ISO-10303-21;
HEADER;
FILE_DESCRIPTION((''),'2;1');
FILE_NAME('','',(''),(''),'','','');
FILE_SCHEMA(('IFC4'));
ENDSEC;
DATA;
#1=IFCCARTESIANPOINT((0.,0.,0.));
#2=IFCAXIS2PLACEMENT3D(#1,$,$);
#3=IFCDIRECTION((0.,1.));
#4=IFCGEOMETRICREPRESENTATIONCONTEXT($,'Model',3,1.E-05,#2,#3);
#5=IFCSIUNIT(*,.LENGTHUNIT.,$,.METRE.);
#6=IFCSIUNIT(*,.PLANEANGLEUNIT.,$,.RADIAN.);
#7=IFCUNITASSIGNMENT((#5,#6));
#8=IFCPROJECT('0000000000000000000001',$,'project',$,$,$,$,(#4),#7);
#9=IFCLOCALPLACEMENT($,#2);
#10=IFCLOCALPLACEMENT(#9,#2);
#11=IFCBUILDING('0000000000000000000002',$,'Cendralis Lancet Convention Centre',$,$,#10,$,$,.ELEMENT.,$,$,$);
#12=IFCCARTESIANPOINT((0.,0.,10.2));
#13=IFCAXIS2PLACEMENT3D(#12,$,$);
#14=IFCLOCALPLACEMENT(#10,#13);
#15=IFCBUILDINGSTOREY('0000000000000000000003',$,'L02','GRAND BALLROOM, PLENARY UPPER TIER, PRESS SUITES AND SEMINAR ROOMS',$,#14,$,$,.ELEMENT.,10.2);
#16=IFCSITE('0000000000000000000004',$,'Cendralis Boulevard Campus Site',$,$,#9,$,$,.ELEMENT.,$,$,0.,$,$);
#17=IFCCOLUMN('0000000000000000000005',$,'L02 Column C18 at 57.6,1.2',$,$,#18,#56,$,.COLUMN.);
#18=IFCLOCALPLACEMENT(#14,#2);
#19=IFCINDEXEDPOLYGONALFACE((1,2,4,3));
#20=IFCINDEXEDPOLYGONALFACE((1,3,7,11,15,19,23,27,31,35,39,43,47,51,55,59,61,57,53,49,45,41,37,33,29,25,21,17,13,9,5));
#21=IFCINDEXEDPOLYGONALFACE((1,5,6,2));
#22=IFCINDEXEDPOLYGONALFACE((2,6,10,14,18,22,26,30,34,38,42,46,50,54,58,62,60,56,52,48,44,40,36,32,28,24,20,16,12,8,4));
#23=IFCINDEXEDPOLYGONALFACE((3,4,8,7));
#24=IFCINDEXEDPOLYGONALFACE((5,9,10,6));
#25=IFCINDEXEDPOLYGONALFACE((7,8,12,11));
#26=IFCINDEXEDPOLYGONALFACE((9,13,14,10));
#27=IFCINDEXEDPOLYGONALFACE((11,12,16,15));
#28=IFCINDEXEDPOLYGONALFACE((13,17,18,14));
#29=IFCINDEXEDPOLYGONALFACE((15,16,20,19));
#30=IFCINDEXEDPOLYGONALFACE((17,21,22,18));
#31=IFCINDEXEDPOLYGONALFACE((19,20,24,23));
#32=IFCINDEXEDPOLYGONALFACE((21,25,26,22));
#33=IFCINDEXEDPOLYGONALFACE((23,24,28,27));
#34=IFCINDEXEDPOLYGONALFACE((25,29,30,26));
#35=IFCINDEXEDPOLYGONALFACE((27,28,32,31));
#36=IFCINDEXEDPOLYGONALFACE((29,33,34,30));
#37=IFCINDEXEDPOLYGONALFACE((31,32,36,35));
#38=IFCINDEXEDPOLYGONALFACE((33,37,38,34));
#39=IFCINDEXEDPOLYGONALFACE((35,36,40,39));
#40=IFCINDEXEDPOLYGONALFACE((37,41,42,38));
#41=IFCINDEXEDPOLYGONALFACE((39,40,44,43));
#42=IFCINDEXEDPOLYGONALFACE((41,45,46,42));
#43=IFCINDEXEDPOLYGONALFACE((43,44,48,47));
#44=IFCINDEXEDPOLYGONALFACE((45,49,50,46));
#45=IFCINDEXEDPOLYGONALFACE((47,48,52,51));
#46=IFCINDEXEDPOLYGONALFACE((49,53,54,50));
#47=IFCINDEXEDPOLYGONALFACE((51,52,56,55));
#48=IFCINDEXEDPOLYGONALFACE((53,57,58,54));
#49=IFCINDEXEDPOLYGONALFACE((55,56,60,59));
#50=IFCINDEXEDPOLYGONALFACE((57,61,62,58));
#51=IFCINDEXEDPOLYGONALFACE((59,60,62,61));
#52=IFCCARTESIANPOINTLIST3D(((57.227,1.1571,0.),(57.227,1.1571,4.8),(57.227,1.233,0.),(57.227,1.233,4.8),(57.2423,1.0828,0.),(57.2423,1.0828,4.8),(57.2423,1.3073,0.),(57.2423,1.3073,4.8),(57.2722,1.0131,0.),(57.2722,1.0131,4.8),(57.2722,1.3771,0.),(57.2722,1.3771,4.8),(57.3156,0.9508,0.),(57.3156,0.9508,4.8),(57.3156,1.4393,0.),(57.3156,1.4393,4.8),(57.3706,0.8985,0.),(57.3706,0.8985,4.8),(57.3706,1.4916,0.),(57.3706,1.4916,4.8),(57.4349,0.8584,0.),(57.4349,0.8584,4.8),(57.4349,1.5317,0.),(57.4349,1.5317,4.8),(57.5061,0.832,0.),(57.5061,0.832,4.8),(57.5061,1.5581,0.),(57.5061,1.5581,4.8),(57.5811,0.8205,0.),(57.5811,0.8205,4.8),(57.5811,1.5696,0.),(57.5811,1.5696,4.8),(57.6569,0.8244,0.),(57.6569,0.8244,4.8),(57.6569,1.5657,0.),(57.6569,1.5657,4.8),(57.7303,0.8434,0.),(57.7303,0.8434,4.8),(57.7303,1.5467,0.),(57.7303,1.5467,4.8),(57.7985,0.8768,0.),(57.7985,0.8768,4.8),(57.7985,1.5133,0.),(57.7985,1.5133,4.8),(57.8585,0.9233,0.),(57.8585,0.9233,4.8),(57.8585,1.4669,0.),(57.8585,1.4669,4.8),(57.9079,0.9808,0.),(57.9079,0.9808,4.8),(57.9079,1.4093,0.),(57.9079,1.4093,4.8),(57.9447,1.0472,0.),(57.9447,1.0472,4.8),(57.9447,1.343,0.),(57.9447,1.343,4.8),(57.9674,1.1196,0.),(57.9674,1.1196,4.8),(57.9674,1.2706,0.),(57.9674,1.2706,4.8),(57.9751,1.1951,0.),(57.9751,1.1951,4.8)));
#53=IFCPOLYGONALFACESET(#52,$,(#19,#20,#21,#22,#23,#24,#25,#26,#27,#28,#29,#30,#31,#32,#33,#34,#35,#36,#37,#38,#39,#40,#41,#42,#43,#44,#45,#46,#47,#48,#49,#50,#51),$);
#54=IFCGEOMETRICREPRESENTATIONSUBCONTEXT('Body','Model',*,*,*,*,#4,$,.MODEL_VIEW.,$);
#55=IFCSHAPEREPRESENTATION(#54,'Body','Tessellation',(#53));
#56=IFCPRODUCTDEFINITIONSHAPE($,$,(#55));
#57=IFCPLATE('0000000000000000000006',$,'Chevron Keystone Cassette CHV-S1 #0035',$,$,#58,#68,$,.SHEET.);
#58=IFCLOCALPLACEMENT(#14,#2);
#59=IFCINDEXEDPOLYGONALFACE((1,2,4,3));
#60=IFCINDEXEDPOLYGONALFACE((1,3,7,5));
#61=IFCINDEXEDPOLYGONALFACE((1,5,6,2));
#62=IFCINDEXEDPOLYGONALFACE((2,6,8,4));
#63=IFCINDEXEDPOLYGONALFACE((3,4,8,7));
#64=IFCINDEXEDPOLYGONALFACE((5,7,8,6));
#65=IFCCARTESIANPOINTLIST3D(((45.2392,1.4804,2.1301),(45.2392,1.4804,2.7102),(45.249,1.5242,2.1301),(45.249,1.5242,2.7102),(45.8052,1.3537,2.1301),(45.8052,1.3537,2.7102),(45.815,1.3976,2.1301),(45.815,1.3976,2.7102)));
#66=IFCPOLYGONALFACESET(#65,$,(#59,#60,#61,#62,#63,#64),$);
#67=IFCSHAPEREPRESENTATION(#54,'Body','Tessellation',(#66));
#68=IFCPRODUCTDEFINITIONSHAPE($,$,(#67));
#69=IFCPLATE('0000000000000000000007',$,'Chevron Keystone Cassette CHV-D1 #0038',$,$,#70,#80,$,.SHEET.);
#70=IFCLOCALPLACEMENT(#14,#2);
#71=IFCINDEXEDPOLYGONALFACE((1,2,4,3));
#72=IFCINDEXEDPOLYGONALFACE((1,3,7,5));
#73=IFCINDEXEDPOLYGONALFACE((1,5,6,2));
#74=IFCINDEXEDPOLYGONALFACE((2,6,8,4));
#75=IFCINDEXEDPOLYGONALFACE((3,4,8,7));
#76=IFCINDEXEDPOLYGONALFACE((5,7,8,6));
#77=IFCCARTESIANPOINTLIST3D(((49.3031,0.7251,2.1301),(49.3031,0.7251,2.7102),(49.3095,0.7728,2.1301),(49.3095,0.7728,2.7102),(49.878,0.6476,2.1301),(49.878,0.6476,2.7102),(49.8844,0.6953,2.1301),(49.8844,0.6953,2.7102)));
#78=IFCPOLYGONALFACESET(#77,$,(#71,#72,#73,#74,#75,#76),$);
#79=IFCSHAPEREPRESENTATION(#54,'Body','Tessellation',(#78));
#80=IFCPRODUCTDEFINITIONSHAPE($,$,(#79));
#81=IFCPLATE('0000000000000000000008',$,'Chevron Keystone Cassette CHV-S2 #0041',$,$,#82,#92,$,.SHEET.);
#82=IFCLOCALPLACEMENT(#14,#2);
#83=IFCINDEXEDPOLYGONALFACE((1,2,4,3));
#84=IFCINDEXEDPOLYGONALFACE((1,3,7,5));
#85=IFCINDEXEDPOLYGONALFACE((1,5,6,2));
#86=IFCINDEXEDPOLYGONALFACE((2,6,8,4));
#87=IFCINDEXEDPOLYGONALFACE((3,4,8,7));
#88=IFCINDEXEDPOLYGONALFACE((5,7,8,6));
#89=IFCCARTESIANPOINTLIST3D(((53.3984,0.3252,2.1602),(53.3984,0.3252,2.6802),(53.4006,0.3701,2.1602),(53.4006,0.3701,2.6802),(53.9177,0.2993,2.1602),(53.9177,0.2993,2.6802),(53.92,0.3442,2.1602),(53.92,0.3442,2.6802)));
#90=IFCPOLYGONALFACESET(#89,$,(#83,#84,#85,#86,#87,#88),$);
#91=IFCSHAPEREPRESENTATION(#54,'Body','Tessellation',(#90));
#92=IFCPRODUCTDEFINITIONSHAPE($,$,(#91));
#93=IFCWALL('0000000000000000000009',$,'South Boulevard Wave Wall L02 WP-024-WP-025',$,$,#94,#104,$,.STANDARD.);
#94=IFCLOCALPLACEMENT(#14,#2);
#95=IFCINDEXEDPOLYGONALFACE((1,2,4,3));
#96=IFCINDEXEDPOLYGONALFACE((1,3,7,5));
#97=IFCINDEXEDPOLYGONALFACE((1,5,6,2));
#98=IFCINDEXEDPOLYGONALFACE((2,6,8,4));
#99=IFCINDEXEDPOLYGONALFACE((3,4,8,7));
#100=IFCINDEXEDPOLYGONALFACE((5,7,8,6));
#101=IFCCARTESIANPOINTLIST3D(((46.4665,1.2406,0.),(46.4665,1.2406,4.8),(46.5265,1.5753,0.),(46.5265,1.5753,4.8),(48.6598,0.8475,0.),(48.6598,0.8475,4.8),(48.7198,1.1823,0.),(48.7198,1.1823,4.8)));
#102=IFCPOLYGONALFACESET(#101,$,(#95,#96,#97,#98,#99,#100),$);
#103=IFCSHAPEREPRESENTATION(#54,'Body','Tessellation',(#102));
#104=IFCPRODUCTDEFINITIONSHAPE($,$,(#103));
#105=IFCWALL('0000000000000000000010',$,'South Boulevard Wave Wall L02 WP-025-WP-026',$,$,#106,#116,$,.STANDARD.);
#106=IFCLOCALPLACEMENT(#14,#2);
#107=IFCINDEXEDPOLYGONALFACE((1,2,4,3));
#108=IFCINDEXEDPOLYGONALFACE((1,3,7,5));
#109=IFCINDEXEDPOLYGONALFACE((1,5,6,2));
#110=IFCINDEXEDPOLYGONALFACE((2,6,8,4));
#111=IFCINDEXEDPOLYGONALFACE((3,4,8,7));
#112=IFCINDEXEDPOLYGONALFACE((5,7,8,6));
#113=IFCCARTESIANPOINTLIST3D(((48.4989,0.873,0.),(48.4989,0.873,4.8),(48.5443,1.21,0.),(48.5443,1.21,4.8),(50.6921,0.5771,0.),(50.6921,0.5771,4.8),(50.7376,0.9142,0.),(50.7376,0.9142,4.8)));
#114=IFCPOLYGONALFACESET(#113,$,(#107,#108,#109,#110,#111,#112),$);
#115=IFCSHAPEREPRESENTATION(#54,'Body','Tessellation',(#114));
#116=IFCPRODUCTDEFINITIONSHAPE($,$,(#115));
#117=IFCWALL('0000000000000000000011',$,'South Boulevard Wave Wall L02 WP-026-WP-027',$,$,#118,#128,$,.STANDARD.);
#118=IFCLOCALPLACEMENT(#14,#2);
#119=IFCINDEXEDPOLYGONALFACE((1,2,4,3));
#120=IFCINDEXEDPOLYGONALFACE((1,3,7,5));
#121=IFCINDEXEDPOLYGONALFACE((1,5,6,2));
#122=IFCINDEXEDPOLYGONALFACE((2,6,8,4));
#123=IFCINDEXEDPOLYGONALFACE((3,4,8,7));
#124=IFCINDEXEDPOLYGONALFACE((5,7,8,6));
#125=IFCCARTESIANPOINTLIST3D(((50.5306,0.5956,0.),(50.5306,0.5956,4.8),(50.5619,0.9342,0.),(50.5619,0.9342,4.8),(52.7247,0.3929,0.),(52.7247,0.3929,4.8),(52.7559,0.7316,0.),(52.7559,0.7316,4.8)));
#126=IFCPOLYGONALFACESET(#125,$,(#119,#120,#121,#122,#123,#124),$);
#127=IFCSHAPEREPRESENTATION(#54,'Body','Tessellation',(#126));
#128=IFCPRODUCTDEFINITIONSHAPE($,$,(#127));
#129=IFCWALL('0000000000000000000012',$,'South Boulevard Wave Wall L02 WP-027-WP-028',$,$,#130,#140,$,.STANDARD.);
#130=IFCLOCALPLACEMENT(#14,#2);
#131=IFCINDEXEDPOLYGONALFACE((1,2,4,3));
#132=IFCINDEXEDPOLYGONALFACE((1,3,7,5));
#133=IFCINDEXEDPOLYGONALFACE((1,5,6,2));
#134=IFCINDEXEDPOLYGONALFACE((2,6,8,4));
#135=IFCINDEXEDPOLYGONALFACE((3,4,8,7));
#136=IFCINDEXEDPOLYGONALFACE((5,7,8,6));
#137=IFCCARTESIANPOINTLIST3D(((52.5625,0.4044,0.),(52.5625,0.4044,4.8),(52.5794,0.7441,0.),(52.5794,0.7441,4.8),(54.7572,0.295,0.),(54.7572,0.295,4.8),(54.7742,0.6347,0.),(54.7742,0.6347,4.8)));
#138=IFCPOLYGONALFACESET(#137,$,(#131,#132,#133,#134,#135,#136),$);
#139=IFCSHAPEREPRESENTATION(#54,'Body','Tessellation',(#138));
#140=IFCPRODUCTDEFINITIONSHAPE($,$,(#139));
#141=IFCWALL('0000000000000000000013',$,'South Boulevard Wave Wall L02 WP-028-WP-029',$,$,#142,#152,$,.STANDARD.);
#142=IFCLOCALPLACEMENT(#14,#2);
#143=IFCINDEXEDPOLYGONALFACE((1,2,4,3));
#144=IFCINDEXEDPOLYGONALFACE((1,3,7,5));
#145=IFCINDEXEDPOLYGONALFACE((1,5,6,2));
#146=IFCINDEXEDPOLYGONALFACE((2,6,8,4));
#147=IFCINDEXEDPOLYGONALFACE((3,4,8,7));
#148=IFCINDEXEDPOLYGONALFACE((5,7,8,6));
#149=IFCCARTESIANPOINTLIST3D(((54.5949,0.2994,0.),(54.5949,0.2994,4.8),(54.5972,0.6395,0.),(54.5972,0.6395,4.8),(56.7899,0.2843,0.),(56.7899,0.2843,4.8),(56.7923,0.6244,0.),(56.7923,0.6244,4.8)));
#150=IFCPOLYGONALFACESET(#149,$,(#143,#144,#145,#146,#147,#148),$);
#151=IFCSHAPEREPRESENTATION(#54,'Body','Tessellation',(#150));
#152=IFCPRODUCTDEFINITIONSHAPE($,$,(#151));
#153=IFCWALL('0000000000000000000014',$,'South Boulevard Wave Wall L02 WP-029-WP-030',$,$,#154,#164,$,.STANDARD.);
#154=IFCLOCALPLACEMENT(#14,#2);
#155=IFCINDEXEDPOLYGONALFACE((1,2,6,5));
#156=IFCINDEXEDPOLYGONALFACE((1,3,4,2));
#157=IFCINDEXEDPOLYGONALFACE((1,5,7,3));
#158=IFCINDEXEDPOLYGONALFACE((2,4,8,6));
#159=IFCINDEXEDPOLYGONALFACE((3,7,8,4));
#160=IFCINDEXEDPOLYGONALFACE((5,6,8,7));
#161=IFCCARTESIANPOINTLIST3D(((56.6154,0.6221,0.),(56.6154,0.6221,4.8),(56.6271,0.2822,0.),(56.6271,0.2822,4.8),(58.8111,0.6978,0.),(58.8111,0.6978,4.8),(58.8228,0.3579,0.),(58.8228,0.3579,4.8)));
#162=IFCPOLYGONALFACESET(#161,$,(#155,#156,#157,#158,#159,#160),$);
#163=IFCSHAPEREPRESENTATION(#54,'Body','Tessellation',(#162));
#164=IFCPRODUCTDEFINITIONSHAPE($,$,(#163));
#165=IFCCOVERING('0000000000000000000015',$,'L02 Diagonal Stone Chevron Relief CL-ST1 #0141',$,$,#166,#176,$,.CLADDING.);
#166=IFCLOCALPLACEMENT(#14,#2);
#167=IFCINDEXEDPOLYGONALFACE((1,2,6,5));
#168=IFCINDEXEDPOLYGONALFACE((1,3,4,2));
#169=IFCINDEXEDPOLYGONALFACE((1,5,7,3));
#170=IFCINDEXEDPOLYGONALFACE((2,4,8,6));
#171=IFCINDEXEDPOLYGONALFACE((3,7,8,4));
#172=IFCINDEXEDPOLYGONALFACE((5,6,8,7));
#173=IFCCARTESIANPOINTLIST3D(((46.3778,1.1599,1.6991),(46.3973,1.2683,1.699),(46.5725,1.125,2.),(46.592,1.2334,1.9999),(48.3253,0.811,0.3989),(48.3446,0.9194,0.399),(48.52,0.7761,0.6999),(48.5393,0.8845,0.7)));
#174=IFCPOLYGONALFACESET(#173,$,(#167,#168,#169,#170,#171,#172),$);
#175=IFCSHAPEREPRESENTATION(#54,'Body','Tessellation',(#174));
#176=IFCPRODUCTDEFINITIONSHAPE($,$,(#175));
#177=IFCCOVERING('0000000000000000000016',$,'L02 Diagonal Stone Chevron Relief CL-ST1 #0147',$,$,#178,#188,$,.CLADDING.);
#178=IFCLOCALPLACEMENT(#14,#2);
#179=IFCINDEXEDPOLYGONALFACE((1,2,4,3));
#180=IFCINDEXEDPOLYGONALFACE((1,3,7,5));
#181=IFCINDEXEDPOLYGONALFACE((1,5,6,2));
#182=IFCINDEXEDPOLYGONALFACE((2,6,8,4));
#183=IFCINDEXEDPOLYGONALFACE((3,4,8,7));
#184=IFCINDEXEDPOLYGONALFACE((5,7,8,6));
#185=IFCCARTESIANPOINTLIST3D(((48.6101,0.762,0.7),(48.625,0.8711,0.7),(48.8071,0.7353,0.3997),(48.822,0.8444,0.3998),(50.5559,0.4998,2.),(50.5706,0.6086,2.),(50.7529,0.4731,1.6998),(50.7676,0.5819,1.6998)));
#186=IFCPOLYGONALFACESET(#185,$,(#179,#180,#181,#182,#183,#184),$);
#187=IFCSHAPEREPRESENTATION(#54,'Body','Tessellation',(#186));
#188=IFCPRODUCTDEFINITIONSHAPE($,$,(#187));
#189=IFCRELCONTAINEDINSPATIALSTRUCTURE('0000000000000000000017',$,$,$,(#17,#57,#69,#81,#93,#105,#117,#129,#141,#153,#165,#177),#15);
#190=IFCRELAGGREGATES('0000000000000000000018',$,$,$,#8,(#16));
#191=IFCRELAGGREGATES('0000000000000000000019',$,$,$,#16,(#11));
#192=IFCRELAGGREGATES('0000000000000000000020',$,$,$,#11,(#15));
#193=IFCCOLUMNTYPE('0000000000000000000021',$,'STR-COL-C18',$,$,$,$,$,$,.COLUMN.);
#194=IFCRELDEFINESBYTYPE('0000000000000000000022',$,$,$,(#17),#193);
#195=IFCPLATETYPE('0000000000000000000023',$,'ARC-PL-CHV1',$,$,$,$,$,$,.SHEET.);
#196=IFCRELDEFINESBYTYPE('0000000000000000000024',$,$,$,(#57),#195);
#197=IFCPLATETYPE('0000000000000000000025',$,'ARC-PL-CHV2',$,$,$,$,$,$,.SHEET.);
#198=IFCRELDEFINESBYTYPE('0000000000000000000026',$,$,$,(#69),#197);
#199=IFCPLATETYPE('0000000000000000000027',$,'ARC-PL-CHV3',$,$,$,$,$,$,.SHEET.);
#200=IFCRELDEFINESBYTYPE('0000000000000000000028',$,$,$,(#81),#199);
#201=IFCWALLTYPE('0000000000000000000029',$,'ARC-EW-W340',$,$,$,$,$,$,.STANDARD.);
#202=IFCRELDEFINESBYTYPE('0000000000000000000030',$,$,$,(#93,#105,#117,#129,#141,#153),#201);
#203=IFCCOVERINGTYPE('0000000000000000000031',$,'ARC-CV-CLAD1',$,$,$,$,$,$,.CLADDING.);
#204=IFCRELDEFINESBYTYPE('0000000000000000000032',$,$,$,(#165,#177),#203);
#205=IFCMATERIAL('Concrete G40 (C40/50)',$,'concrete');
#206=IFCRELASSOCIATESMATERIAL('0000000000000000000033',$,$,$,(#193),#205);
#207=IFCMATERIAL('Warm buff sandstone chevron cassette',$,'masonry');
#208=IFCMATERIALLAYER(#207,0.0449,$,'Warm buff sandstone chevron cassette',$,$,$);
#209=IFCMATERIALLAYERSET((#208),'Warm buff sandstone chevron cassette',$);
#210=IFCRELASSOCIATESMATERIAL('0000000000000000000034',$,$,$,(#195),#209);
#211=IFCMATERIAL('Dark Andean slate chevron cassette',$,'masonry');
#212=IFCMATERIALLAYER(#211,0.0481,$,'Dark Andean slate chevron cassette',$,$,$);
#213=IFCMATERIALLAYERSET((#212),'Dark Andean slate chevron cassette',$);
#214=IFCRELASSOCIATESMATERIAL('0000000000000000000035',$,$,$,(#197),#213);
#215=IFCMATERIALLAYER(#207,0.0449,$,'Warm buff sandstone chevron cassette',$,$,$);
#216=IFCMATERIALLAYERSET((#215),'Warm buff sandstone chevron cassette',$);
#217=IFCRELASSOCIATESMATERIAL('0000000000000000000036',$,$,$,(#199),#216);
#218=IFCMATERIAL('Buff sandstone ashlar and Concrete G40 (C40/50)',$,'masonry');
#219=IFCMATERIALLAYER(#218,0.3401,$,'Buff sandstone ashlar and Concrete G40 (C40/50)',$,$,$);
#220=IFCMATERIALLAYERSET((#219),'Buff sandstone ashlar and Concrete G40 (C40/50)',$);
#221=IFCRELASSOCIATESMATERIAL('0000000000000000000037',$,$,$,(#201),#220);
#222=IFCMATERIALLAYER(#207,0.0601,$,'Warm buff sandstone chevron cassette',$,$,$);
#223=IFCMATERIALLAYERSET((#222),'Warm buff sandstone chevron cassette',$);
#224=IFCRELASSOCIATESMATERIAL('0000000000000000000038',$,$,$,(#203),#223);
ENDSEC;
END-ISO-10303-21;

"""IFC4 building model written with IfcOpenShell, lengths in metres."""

from ifc_helpers import new_model, si_unit, direction, frame, frame_2d, origin, origin_2d, place, context, subcontext, project, spatial, polyline, rectangle, circle, outline, extrude, material, layer, layer_set, material_profile, profile_set, type_object, element, save


model = new_model("IFC4")

# Units and contexts
model_context = context("Model", 3, precision=1e-05, world=origin(), true_north=direction((0.0, 1.0)))
body_context = subcontext(model_context, "Body", "Model", "MODEL_VIEW")
ifc_project = project(units=[si_unit("LENGTHUNIT", "METRE"), si_unit("PLANEANGLEUNIT", "RADIAN")], contexts=[model_context])

# Site, building, storey
site_placement = place(None, origin())
site = spatial("IfcSite", under=ifc_project, at=site_placement, Name="Cendralis Boulevard Campus Site", CompositionType="ELEMENT", RefElevation=0.0)
building_placement = place(site_placement, origin())
building = spatial("IfcBuilding", under=site, at=building_placement, Name="Cendralis Lancet Convention Centre", CompositionType="ELEMENT")
storey_placement = place(building_placement, frame((0.0, 0.0, 10.2)))
storey = spatial("IfcBuildingStorey", under=building, at=storey_placement, Name="L02", Description="GRAND BALLROOM, PLENARY UPPER TIER, PRESS SUITES AND SEMINAR ROOMS", CompositionType="ELEMENT", Elevation=10.2)

# Column
ifc_material_1 = material(Name="Concrete G40 (C40/50)", Category="concrete")
ifc_material_profile = material_profile(ifc_material_1, circle(Radius=0.375, at=origin_2d()), Name="RC D750")
ifc_profile_set = profile_set([ifc_material_profile], Name="Concrete G40 (C40/50)")
column_type = type_object("IfcColumnType", Name="STR-COL-C18", PredefinedType="COLUMN", material=ifc_profile_set)
column_placement = place(storey_placement, frame((57.6001, 1.1951, 0.0), z_axis=(0.0, 0.0, 1.0), x_axis=(1.0, 0.0, 0.0)))
element("IfcColumn", 1, at=column_placement, inside=storey, type_object=column_type, Name="L02 Column C18 at 57.6,1.2", PredefinedType="COLUMN", context=body_context, shape_type="SweptSolid", body=[
    extrude(circle(Radius=0.375, at=origin_2d()), origin(), (0.0, 0.0, 1.0), 4.8),
])

# Plates
ifc_material_2 = material(Name="Warm buff sandstone chevron cassette", Category="masonry")
ifc_layer_1 = layer(ifc_material_2, 0.0449, Name="Warm buff sandstone chevron cassette")
ifc_layer_set_1 = layer_set([ifc_layer_1], Name="Warm buff sandstone chevron cassette")
plate_type_1 = type_object("IfcPlateType", Name="ARC-PL-CHV1", PredefinedType="SHEET", material=ifc_layer_set_1)
plate_1_placement = place(storey_placement, frame((45.5271, 1.439, 2.1301), z_axis=(0.0, 0.0, 1.0), x_axis=(0.975879, -0.218314, 0.0)))
element("IfcPlate", 2, at=plate_1_placement, inside=storey, type_object=plate_type_1, Name="Chevron Keystone Cassette CHV-S1 #0035", PredefinedType="SHEET", context=body_context, shape_type="SweptSolid", body=[
    extrude(rectangle(XDim=0.5801, YDim=0.0449, at=origin_2d()), origin(), (0.0, 0.0, 1.0), 0.5801),
])
ifc_material_3 = material(Name="Dark Andean slate chevron cassette", Category="masonry")
ifc_layer_2 = layer(ifc_material_3, 0.0481, Name="Dark Andean slate chevron cassette")
ifc_layer_set_2 = layer_set([ifc_layer_2], Name="Dark Andean slate chevron cassette")
plate_type_2 = type_object("IfcPlateType", Name="ARC-PL-CHV2", PredefinedType="SHEET", material=ifc_layer_set_2)
plate_2_placement = place(storey_placement, frame((49.5938, 0.7102, 2.1301), z_axis=(0.0, 0.0, 1.0), x_axis=(0.991035, -0.133606, 0.0)))
element("IfcPlate", 3, at=plate_2_placement, inside=storey, type_object=plate_type_2, Name="Chevron Keystone Cassette CHV-D1 #0038", PredefinedType="SHEET", context=body_context, shape_type="SweptSolid", body=[
    extrude(rectangle(XDim=0.5801, YDim=0.0481, at=origin_2d()), origin(), (0.0, 0.0, 1.0), 0.5801),
])
ifc_layer_3 = layer(ifc_material_2, 0.0449, Name="Warm buff sandstone chevron cassette")
ifc_layer_set_3 = layer_set([ifc_layer_3], Name="Warm buff sandstone chevron cassette")
plate_type_3 = type_object("IfcPlateType", Name="ARC-PL-CHV3", PredefinedType="SHEET", material=ifc_layer_set_3)
plate_3_placement = place(storey_placement, frame((53.6592, 0.3347, 2.1602), z_axis=(0.0, 0.0, 1.0), x_axis=(0.998759, -0.049809, 0.0)))
element("IfcPlate", 4, at=plate_3_placement, inside=storey, type_object=plate_type_3, Name="Chevron Keystone Cassette CHV-S2 #0041", PredefinedType="SHEET", context=body_context, shape_type="SweptSolid", body=[
    extrude(rectangle(XDim=0.52, YDim=0.0449, at=origin_2d()), origin(), (0.0, 0.0, 1.0), 0.52),
])

# Walls
ifc_material_4 = material(Name="Buff sandstone ashlar and Concrete G40 (C40/50)", Category="masonry")
ifc_layer_4 = layer(ifc_material_4, 0.3401, Name="Buff sandstone ashlar and Concrete G40 (C40/50)")
ifc_layer_set_4 = layer_set([ifc_layer_4], Name="Buff sandstone ashlar and Concrete G40 (C40/50)")
wall_type = type_object("IfcWallType", Name="ARC-EW-W340", PredefinedType="STANDARD", material=ifc_layer_set_4)
wall_1_placement = place(storey_placement, frame((46.4963, 1.408, 0.0), z_axis=(0.0, 0.0, 1.0), x_axis=(0.984319, -0.176397, 0.0)))
element("IfcWall", 5, at=wall_1_placement, inside=storey, type_object=wall_type, Name="South Boulevard Wave Wall L02 WP-024-WP-025", PredefinedType="STANDARD", context=body_context, shape_type="SweptSolid", body=[
    extrude(rectangle(XDim=2.2283, YDim=0.3401, at=frame_2d((1.1143, 0.0))), origin(), (0.0, 0.0, 1.0), 4.8),
])
wall_2_placement = place(storey_placement, frame((48.5217, 1.0415, 0.0), z_axis=(0.0, 0.0, 1.0), x_axis=(0.991022, -0.133695, 0.0)))
element("IfcWall", 6, at=wall_2_placement, inside=storey, type_object=wall_type, Name="South Boulevard Wave Wall L02 WP-025-WP-026", PredefinedType="STANDARD", context=body_context, shape_type="SweptSolid", body=[
    extrude(rectangle(XDim=2.2131, YDim=0.3401, at=frame_2d((1.1064, 0.0))), origin(), (0.0, 0.0, 1.0), 4.8),
])
wall_3_placement = place(storey_placement, frame((50.5464, 0.7649, 0.0), z_axis=(0.0, 0.0, 1.0), x_axis=(0.995762, -0.091964, 0.0)))
element("IfcWall", 7, at=wall_3_placement, inside=storey, type_object=wall_type, Name="South Boulevard Wave Wall L02 WP-026-WP-027", PredefinedType="STANDARD", context=body_context, shape_type="SweptSolid", body=[
    extrude(rectangle(XDim=2.2034, YDim=0.3401, at=frame_2d((1.1016, 0.0))), origin(), (0.0, 0.0, 1.0), 4.8),
])
wall_4_placement = place(storey_placement, frame((52.571, 0.5742, 0.0), z_axis=(0.0, 0.0, 1.0), x_axis=(0.998761, -0.049771, 0.0)))
element("IfcWall", 8, at=wall_4_placement, inside=storey, type_object=wall_type, Name="South Boulevard Wave Wall L02 WP-027-WP-028", PredefinedType="STANDARD", context=body_context, shape_type="SweptSolid", body=[
    extrude(rectangle(XDim=2.1975, YDim=0.3401, at=frame_2d((1.0986, 0.0))), origin(), (0.0, 0.0, 1.0), 4.8),
])
wall_5_placement = place(storey_placement, frame((54.5959, 0.4695, 0.0), z_axis=(0.0, 0.0, 1.0), x_axis=(0.999976, -0.006896, 0.0)))
element("IfcWall", 9, at=wall_5_placement, inside=storey, type_object=wall_type, Name="South Boulevard Wave Wall L02 WP-028-WP-029", PredefinedType="STANDARD", context=body_context, shape_type="SweptSolid", body=[
    extrude(rectangle(XDim=2.1951, YDim=0.3401, at=frame_2d((1.0977, 0.0))), origin(), (0.0, 0.0, 1.0), 4.8),
])
wall_6_placement = place(storey_placement, frame((56.6211, 0.4521, 0.0), z_axis=(0.0, 0.0, 1.0), x_axis=(0.999407, 0.034447, 0.0)))
element("IfcWall", 10, at=wall_6_placement, inside=storey, type_object=wall_type, Name="South Boulevard Wave Wall L02 WP-029-WP-030", PredefinedType="STANDARD", context=body_context, shape_type="SweptSolid", body=[
    extrude(rectangle(XDim=2.197, YDim=0.3401, at=frame_2d((1.0986, 0.0))), origin(), (0.0, 0.0, 1.0), 4.8),
])

# Coverings
ifc_layer_5 = layer(ifc_material_2, 0.0601, Name="Warm buff sandstone chevron cassette")
ifc_layer_set_5 = layer_set([ifc_layer_5], Name="Warm buff sandstone chevron cassette")
covering_type_1 = type_object("IfcCoveringType", Name="ARC-CV-CLAD1", PredefinedType="CLADDING", material=ifc_layer_set_5)
covering_1_placement = place(storey_placement, frame((46.5725, 1.125, 2.0), z_axis=(0.54057, -0.096791, 0.835713), x_axis=(0.822618, -0.147364, -0.549167)))
element("IfcCovering", 11, at=covering_1_placement, inside=storey, type_object=covering_type_1, Name="L02 Diagonal Stone Chevron Relief CL-ST1 #0141", PredefinedType="CLADDING", context=body_context, shape_type="SweptSolid", body=[
    extrude(outline(polyline([(0.0, 0.0), (2.3674, 0.0), (2.3673, 0.1101), (0.0001, 0.1101), (0.0, 0.0)])), origin(), (0.0, 0.0, -1.0), 0.3601),
])
covering_2_placement = place(storey_placement, frame((48.6101, 0.762, 0.7), z_axis=(-0.547109, 0.074132, 0.833772), x_axis=(0.826304, -0.111349, 0.552108)))
element("IfcCovering", 12, at=covering_2_placement, inside=storey, type_object=covering_type_1, Name="L02 Diagonal Stone Chevron Relief CL-ST1 #0147", PredefinedType="CLADDING", context=body_context, shape_type="SweptSolid", body=[
    extrude(outline(polyline([(0.0, 0.0), (2.3548, 0.0), (2.3548, 0.1099), (0.0002, 0.1101), (0.0, 0.0)])), origin(), (0.0, 0.0, -1.0), 0.3601),
])

save(model, "model.ifc")
